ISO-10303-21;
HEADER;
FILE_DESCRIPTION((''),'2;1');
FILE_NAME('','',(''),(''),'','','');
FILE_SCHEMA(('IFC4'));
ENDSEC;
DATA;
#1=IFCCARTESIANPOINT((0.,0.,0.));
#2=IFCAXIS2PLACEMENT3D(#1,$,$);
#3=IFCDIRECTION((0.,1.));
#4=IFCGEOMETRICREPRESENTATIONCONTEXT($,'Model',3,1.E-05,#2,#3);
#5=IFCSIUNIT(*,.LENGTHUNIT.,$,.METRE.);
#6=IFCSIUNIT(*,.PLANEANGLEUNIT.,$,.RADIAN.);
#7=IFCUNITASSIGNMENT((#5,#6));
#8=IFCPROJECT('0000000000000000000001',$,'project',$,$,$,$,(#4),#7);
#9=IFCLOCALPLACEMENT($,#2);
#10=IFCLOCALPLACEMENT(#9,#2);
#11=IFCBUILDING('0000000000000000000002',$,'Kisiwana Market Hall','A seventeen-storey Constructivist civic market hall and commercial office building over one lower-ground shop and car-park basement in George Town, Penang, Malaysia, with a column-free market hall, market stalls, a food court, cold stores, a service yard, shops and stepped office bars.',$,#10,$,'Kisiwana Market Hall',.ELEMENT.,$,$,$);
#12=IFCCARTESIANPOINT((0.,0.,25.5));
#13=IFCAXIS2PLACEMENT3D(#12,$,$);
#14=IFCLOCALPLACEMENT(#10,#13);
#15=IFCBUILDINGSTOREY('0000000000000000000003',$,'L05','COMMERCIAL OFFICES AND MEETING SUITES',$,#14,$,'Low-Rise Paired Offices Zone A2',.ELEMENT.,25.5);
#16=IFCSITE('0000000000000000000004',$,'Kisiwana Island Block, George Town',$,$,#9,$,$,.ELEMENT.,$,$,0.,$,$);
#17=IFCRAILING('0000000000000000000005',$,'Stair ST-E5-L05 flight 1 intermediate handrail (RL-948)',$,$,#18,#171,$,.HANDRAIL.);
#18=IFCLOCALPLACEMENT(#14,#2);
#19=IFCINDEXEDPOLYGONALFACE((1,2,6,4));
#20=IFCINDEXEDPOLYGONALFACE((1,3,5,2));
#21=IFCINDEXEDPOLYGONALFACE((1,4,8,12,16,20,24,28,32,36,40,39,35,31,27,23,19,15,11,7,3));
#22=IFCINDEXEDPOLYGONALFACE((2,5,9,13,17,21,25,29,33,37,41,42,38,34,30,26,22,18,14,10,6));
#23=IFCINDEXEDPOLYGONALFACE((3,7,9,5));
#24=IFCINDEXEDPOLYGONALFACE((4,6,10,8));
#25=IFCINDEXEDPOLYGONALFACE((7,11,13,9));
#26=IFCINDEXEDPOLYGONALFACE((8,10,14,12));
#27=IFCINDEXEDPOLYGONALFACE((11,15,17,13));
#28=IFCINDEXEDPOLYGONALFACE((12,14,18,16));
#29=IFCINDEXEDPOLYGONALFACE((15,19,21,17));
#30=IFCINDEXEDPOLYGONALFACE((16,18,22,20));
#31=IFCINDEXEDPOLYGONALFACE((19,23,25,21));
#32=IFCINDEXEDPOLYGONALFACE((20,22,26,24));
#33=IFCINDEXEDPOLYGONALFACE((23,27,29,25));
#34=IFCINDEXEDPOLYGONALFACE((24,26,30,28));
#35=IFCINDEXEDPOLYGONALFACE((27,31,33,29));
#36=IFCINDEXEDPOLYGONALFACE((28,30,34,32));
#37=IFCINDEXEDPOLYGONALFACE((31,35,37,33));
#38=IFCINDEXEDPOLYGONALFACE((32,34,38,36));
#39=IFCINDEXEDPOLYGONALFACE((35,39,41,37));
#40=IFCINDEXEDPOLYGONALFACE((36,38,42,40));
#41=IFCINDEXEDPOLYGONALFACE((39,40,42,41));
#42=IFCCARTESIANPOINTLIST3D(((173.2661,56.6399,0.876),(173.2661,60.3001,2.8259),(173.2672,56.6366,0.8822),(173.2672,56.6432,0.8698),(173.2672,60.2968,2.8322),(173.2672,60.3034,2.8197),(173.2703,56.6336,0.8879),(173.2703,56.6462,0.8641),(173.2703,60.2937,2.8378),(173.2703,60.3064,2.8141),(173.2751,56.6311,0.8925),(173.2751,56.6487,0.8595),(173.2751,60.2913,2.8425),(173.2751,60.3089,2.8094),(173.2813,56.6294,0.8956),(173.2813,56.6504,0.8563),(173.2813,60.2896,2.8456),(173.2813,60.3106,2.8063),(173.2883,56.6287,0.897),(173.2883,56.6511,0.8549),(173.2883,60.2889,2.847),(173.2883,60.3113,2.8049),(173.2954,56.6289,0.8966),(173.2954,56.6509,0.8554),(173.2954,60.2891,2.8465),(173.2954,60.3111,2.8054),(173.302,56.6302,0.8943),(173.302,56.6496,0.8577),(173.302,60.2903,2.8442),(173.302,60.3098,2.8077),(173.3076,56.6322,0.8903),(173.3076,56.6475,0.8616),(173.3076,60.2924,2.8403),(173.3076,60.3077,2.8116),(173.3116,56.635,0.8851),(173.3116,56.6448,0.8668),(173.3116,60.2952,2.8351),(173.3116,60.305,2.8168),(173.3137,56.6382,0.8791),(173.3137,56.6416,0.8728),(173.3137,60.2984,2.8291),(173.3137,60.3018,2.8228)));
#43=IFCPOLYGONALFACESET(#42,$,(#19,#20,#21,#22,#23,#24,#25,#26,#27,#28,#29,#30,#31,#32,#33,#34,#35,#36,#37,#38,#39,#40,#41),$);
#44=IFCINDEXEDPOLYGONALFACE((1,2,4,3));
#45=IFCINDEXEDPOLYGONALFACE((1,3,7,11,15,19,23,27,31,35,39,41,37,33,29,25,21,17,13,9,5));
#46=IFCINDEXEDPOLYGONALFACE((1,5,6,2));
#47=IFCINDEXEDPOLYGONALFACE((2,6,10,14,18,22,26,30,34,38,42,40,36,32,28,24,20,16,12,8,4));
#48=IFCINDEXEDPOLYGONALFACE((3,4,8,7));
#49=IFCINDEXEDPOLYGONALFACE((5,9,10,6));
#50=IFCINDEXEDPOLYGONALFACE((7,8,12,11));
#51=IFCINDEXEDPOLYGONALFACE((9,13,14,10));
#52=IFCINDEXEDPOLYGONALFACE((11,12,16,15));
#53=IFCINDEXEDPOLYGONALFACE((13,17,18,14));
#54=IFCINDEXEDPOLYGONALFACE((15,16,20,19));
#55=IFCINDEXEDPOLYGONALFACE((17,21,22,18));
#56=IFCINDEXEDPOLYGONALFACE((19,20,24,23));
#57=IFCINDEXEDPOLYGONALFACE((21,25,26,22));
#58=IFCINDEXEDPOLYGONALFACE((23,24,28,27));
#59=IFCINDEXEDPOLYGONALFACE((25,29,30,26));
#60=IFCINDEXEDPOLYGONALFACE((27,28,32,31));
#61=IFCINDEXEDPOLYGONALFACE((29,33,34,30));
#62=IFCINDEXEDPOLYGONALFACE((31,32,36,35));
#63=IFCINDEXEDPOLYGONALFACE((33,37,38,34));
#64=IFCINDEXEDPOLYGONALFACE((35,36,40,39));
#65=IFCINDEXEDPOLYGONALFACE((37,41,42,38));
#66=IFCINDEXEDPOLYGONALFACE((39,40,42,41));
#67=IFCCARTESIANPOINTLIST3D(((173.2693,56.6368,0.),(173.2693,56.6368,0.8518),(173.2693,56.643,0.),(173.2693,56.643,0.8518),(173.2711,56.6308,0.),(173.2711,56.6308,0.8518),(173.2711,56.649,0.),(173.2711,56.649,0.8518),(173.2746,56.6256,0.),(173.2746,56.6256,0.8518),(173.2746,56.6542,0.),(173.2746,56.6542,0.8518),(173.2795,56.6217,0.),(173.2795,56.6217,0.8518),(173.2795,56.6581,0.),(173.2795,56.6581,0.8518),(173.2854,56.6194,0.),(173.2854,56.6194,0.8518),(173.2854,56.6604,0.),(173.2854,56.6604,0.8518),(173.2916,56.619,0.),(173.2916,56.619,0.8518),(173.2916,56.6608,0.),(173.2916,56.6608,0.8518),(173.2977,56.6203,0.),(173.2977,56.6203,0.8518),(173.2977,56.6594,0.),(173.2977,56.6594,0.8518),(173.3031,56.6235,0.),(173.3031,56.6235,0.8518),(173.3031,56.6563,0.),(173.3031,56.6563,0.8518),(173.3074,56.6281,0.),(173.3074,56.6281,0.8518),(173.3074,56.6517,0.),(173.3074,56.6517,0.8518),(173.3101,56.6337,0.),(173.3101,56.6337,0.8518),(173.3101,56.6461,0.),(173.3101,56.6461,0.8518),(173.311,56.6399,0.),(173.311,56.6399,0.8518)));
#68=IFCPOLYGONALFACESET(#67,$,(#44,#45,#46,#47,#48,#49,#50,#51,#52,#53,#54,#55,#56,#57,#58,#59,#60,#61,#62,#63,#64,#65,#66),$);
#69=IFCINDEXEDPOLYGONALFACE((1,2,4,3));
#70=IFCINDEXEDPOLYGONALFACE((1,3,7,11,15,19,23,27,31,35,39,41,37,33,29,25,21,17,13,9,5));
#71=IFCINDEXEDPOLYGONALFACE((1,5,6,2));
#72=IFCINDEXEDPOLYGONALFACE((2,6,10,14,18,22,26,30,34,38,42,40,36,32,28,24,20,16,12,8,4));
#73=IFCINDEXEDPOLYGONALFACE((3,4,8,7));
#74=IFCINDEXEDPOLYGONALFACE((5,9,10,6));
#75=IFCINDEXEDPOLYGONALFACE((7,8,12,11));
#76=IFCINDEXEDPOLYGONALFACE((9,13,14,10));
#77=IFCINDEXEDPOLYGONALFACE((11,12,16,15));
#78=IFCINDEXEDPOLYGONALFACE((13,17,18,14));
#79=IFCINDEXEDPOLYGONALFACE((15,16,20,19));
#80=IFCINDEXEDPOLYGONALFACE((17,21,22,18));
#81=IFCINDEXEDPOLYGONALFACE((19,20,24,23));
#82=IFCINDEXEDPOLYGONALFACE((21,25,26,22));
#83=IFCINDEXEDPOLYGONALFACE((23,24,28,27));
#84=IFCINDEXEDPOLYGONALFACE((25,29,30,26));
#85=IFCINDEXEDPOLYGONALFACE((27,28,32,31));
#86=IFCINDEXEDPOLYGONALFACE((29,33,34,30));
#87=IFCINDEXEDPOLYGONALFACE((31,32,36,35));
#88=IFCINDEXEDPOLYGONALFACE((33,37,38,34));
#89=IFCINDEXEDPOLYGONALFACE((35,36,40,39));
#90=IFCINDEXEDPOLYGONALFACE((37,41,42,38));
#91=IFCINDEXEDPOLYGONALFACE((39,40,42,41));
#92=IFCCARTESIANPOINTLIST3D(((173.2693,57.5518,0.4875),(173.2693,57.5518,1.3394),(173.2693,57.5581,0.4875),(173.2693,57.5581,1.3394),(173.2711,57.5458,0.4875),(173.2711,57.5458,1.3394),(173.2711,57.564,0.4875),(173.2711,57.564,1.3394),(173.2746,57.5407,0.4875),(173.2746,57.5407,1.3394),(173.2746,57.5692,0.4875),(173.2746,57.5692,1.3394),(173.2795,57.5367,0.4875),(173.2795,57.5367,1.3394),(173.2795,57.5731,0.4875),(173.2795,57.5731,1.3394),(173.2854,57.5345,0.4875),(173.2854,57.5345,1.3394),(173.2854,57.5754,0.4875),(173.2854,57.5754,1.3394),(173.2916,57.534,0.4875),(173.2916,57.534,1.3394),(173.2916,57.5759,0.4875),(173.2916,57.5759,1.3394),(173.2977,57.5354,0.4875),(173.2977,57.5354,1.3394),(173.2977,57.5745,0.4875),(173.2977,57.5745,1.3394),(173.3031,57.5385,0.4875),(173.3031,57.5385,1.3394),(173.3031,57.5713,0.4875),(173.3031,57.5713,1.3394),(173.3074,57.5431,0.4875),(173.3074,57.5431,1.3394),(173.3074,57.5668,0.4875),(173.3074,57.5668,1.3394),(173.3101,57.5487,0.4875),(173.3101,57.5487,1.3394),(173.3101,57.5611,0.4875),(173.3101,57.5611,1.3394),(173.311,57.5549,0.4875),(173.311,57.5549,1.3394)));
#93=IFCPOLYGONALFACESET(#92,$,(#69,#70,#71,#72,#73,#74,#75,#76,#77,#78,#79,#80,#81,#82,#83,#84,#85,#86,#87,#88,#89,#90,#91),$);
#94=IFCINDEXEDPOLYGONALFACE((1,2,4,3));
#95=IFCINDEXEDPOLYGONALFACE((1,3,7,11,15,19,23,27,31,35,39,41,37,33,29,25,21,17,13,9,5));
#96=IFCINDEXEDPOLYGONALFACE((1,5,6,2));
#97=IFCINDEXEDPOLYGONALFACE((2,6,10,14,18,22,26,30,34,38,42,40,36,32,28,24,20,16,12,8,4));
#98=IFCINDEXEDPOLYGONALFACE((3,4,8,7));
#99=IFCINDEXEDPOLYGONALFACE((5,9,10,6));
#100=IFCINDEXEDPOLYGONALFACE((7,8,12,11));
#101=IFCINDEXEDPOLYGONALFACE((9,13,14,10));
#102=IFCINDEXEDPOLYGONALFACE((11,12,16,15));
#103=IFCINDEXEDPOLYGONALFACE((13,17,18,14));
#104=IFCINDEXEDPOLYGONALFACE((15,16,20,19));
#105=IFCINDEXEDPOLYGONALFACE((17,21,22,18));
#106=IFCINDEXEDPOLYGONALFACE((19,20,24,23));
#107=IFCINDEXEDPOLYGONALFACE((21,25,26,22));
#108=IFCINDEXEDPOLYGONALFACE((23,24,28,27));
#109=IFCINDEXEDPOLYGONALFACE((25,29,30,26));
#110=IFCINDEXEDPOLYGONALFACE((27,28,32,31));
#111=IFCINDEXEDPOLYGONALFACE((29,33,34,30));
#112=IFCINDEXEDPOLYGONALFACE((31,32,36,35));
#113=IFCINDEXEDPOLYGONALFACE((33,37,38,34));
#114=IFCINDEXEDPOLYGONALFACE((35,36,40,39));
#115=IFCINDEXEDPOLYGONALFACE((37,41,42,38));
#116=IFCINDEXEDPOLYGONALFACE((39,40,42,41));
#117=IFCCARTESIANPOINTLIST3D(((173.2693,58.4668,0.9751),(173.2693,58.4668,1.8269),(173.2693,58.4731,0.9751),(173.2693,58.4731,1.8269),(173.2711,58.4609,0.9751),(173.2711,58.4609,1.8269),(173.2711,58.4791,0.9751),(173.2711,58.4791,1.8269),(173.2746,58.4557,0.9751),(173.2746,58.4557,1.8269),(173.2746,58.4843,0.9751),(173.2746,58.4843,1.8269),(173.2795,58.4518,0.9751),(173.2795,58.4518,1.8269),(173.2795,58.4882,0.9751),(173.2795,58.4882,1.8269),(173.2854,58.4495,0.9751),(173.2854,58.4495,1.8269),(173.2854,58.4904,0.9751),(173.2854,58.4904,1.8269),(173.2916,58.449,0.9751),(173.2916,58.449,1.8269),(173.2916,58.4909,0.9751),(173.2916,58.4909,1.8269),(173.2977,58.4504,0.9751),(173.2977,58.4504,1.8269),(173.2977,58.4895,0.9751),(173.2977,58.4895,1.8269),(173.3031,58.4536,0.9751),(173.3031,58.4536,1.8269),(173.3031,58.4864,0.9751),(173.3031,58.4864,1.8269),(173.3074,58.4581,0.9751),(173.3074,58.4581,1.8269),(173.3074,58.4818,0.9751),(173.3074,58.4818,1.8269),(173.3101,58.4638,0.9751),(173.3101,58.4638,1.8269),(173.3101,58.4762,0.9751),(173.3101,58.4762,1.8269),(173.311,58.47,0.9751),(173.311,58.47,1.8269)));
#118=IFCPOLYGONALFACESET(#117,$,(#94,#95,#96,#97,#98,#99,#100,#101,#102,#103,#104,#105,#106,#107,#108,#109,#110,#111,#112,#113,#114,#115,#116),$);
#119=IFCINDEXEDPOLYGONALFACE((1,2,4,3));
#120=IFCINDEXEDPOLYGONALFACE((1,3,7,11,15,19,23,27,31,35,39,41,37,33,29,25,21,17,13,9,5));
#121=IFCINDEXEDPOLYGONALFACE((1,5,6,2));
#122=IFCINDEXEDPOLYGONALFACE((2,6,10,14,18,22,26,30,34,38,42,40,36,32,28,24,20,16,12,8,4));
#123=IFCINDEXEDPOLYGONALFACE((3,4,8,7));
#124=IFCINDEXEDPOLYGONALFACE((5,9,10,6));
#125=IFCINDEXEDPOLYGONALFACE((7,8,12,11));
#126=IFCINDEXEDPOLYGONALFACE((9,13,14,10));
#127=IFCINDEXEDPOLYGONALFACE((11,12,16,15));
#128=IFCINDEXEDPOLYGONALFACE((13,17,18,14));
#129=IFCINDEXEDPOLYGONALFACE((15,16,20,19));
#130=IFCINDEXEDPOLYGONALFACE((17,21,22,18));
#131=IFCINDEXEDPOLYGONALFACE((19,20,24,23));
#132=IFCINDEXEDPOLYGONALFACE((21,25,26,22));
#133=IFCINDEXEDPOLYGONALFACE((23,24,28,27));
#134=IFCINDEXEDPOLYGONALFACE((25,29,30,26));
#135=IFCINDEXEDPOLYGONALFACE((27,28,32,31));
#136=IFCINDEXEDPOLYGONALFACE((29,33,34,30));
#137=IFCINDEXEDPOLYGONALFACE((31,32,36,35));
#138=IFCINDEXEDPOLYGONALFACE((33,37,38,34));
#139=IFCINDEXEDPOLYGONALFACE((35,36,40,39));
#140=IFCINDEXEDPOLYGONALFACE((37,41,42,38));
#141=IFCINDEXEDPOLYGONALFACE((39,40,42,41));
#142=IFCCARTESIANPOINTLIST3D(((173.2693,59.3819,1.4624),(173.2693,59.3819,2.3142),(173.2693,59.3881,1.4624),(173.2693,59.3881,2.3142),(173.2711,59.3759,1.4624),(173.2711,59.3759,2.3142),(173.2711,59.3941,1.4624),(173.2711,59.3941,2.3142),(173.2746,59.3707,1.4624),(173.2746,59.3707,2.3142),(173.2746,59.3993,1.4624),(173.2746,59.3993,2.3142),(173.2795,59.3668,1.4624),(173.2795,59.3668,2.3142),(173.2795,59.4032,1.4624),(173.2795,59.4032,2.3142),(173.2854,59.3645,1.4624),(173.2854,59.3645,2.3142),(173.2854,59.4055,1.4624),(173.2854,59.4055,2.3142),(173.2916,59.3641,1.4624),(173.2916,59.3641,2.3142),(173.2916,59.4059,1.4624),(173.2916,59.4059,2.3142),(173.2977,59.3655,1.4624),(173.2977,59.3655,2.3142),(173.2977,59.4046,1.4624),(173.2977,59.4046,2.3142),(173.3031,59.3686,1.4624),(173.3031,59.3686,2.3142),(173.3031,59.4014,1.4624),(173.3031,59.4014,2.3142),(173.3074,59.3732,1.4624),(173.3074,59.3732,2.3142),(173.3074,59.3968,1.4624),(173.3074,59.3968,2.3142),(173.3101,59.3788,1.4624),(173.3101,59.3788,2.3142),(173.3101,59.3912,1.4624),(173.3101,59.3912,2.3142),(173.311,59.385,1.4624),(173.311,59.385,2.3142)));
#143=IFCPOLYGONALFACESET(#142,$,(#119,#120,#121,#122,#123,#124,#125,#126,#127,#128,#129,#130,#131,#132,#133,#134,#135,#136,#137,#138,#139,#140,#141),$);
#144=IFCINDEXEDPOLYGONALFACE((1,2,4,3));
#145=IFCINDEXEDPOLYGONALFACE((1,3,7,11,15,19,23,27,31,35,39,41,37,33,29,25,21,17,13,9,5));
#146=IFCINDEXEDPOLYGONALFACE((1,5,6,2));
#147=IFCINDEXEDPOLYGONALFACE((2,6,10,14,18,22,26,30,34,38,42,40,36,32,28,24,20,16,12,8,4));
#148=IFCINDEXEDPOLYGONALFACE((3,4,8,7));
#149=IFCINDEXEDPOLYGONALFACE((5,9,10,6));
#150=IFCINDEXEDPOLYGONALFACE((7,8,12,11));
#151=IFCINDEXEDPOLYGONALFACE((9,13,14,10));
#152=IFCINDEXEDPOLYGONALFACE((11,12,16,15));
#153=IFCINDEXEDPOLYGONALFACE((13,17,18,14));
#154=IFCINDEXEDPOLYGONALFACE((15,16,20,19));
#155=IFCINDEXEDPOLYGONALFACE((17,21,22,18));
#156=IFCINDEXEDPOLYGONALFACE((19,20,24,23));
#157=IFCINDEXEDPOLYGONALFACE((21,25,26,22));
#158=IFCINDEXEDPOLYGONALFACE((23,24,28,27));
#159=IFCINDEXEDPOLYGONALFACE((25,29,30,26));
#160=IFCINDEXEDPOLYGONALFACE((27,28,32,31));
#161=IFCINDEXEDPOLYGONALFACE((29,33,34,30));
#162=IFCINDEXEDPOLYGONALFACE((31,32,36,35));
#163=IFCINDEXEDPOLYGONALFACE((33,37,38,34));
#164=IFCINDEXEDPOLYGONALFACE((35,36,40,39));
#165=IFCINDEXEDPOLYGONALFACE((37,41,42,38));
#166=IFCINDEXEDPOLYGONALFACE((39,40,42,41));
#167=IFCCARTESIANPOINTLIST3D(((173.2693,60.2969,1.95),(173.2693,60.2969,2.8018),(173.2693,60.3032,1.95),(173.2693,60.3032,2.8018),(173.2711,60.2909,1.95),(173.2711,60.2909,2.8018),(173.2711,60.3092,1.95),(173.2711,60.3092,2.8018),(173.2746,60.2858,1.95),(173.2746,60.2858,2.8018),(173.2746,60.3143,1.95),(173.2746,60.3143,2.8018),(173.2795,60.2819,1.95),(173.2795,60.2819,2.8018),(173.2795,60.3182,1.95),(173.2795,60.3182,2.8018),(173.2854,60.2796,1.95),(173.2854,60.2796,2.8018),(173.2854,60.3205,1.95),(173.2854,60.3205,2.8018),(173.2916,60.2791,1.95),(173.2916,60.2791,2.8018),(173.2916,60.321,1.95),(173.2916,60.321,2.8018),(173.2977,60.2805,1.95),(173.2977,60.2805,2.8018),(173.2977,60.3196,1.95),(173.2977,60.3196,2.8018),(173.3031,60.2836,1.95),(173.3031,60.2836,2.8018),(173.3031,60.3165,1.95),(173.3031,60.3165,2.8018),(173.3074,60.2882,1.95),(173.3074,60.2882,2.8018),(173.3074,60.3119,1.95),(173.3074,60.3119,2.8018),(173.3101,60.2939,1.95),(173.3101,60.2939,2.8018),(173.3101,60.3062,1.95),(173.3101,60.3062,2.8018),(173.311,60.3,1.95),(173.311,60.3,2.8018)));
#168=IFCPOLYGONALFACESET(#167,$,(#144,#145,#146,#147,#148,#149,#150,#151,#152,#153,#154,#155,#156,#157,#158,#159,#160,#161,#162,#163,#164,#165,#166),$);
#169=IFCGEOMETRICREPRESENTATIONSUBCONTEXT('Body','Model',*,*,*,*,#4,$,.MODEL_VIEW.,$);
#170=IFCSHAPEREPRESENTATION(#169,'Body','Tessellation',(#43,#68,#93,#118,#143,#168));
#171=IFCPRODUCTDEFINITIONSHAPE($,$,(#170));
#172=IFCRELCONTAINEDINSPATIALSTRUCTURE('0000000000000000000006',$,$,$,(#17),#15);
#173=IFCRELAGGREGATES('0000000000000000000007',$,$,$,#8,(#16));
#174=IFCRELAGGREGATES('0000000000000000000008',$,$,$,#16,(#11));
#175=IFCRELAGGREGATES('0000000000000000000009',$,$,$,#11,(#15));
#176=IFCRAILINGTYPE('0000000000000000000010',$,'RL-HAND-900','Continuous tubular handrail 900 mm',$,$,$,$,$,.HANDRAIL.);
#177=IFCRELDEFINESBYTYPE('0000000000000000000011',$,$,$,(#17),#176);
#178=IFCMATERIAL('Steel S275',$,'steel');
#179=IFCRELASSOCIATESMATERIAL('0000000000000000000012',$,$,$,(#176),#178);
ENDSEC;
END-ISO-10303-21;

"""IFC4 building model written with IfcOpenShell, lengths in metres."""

from ifc_helpers import new_model, si_unit, direction, frame, origin, origin_2d, place, context, subcontext, project, spatial, circle, extrude, material, type_object, element, save


model = new_model("IFC4")

# Units and contexts
model_context = context("Model", 3, precision=1e-05, world=origin(), true_north=direction((0.0, 1.0)))
body_context = subcontext(model_context, "Body", "Model", "MODEL_VIEW")
ifc_project = project(units=[si_unit("LENGTHUNIT", "METRE"), si_unit("PLANEANGLEUNIT", "RADIAN")], contexts=[model_context])

# Site, building, storey
site_placement = place(None, origin())
site = spatial("IfcSite", under=ifc_project, at=site_placement, Name="Kisiwana Island Block, George Town", CompositionType="ELEMENT", RefElevation=0.0)
building_placement = place(site_placement, origin())
building = spatial("IfcBuilding", under=site, at=building_placement, Name="Kisiwana Market Hall", Description="A seventeen-storey Constructivist civic market hall and commercial office building over one lower-ground shop and car-park basement in George Town, Penang, Malaysia, with a column-free market hall, market stalls, a food court, cold stores, a service yard, shops and stepped office bars.", LongName="Kisiwana Market Hall", CompositionType="ELEMENT")
storey_placement = place(building_placement, frame((0.0, 0.0, 25.5)))
storey = spatial("IfcBuildingStorey", under=building, at=storey_placement, Name="L05", Description="COMMERCIAL OFFICES AND MEETING SUITES", LongName="Low-Rise Paired Offices Zone A2", CompositionType="ELEMENT", Elevation=25.5)

# Railing
ifc_material_1 = material(Name="Steel S275", Category="steel")
railing_type_1 = type_object("IfcRailingType", Name="RL-HAND-900", Description="Continuous tubular handrail 900 mm", PredefinedType="HANDRAIL", material=ifc_material_1)
for number, where, name in (
    (1, (173.29, 56.6399, 0.0), "Stair ST-E5-L05 flight 1 intermediate handrail (RL-948)"),
):
    element("IfcRailing", number, at=place(storey_placement, frame(where)), inside=storey, type_object=railing_type_1, Name=name, PredefinedType="HANDRAIL", context=body_context, shape_type="SweptSolid", body=[
        extrude(circle(Radius=0.0239, at=origin_2d()), frame((0.0, 0.0, 0.876), z_axis=(0.0, 0.882566, 0.470188), x_axis=(-1.0, 0.0, 0.0)), (0.0, 0.0, 1.0), 4.1472),
        extrude(circle(Radius=0.021, at=origin_2d()), origin(), (0.0, 0.0, 1.0), 0.8518),
        extrude(circle(Radius=0.021, at=origin_2d()), frame((0.0, 0.915, 0.4875)), (0.0, 0.0, 1.0), 0.8518),
        extrude(circle(Radius=0.021, at=origin_2d()), frame((0.0, 1.8301, 0.9751)), (0.0, 0.0, 1.0), 0.8518),
        extrude(circle(Radius=0.021, at=origin_2d()), frame((0.0, 2.7451, 1.4624)), (0.0, 0.0, 1.0), 0.8518),
        extrude(circle(Radius=0.021, at=origin_2d()), frame((0.0, 3.6602, 1.95)), (0.0, 0.0, 1.0), 0.8518),
    ])

save(model, "model.ifc")
